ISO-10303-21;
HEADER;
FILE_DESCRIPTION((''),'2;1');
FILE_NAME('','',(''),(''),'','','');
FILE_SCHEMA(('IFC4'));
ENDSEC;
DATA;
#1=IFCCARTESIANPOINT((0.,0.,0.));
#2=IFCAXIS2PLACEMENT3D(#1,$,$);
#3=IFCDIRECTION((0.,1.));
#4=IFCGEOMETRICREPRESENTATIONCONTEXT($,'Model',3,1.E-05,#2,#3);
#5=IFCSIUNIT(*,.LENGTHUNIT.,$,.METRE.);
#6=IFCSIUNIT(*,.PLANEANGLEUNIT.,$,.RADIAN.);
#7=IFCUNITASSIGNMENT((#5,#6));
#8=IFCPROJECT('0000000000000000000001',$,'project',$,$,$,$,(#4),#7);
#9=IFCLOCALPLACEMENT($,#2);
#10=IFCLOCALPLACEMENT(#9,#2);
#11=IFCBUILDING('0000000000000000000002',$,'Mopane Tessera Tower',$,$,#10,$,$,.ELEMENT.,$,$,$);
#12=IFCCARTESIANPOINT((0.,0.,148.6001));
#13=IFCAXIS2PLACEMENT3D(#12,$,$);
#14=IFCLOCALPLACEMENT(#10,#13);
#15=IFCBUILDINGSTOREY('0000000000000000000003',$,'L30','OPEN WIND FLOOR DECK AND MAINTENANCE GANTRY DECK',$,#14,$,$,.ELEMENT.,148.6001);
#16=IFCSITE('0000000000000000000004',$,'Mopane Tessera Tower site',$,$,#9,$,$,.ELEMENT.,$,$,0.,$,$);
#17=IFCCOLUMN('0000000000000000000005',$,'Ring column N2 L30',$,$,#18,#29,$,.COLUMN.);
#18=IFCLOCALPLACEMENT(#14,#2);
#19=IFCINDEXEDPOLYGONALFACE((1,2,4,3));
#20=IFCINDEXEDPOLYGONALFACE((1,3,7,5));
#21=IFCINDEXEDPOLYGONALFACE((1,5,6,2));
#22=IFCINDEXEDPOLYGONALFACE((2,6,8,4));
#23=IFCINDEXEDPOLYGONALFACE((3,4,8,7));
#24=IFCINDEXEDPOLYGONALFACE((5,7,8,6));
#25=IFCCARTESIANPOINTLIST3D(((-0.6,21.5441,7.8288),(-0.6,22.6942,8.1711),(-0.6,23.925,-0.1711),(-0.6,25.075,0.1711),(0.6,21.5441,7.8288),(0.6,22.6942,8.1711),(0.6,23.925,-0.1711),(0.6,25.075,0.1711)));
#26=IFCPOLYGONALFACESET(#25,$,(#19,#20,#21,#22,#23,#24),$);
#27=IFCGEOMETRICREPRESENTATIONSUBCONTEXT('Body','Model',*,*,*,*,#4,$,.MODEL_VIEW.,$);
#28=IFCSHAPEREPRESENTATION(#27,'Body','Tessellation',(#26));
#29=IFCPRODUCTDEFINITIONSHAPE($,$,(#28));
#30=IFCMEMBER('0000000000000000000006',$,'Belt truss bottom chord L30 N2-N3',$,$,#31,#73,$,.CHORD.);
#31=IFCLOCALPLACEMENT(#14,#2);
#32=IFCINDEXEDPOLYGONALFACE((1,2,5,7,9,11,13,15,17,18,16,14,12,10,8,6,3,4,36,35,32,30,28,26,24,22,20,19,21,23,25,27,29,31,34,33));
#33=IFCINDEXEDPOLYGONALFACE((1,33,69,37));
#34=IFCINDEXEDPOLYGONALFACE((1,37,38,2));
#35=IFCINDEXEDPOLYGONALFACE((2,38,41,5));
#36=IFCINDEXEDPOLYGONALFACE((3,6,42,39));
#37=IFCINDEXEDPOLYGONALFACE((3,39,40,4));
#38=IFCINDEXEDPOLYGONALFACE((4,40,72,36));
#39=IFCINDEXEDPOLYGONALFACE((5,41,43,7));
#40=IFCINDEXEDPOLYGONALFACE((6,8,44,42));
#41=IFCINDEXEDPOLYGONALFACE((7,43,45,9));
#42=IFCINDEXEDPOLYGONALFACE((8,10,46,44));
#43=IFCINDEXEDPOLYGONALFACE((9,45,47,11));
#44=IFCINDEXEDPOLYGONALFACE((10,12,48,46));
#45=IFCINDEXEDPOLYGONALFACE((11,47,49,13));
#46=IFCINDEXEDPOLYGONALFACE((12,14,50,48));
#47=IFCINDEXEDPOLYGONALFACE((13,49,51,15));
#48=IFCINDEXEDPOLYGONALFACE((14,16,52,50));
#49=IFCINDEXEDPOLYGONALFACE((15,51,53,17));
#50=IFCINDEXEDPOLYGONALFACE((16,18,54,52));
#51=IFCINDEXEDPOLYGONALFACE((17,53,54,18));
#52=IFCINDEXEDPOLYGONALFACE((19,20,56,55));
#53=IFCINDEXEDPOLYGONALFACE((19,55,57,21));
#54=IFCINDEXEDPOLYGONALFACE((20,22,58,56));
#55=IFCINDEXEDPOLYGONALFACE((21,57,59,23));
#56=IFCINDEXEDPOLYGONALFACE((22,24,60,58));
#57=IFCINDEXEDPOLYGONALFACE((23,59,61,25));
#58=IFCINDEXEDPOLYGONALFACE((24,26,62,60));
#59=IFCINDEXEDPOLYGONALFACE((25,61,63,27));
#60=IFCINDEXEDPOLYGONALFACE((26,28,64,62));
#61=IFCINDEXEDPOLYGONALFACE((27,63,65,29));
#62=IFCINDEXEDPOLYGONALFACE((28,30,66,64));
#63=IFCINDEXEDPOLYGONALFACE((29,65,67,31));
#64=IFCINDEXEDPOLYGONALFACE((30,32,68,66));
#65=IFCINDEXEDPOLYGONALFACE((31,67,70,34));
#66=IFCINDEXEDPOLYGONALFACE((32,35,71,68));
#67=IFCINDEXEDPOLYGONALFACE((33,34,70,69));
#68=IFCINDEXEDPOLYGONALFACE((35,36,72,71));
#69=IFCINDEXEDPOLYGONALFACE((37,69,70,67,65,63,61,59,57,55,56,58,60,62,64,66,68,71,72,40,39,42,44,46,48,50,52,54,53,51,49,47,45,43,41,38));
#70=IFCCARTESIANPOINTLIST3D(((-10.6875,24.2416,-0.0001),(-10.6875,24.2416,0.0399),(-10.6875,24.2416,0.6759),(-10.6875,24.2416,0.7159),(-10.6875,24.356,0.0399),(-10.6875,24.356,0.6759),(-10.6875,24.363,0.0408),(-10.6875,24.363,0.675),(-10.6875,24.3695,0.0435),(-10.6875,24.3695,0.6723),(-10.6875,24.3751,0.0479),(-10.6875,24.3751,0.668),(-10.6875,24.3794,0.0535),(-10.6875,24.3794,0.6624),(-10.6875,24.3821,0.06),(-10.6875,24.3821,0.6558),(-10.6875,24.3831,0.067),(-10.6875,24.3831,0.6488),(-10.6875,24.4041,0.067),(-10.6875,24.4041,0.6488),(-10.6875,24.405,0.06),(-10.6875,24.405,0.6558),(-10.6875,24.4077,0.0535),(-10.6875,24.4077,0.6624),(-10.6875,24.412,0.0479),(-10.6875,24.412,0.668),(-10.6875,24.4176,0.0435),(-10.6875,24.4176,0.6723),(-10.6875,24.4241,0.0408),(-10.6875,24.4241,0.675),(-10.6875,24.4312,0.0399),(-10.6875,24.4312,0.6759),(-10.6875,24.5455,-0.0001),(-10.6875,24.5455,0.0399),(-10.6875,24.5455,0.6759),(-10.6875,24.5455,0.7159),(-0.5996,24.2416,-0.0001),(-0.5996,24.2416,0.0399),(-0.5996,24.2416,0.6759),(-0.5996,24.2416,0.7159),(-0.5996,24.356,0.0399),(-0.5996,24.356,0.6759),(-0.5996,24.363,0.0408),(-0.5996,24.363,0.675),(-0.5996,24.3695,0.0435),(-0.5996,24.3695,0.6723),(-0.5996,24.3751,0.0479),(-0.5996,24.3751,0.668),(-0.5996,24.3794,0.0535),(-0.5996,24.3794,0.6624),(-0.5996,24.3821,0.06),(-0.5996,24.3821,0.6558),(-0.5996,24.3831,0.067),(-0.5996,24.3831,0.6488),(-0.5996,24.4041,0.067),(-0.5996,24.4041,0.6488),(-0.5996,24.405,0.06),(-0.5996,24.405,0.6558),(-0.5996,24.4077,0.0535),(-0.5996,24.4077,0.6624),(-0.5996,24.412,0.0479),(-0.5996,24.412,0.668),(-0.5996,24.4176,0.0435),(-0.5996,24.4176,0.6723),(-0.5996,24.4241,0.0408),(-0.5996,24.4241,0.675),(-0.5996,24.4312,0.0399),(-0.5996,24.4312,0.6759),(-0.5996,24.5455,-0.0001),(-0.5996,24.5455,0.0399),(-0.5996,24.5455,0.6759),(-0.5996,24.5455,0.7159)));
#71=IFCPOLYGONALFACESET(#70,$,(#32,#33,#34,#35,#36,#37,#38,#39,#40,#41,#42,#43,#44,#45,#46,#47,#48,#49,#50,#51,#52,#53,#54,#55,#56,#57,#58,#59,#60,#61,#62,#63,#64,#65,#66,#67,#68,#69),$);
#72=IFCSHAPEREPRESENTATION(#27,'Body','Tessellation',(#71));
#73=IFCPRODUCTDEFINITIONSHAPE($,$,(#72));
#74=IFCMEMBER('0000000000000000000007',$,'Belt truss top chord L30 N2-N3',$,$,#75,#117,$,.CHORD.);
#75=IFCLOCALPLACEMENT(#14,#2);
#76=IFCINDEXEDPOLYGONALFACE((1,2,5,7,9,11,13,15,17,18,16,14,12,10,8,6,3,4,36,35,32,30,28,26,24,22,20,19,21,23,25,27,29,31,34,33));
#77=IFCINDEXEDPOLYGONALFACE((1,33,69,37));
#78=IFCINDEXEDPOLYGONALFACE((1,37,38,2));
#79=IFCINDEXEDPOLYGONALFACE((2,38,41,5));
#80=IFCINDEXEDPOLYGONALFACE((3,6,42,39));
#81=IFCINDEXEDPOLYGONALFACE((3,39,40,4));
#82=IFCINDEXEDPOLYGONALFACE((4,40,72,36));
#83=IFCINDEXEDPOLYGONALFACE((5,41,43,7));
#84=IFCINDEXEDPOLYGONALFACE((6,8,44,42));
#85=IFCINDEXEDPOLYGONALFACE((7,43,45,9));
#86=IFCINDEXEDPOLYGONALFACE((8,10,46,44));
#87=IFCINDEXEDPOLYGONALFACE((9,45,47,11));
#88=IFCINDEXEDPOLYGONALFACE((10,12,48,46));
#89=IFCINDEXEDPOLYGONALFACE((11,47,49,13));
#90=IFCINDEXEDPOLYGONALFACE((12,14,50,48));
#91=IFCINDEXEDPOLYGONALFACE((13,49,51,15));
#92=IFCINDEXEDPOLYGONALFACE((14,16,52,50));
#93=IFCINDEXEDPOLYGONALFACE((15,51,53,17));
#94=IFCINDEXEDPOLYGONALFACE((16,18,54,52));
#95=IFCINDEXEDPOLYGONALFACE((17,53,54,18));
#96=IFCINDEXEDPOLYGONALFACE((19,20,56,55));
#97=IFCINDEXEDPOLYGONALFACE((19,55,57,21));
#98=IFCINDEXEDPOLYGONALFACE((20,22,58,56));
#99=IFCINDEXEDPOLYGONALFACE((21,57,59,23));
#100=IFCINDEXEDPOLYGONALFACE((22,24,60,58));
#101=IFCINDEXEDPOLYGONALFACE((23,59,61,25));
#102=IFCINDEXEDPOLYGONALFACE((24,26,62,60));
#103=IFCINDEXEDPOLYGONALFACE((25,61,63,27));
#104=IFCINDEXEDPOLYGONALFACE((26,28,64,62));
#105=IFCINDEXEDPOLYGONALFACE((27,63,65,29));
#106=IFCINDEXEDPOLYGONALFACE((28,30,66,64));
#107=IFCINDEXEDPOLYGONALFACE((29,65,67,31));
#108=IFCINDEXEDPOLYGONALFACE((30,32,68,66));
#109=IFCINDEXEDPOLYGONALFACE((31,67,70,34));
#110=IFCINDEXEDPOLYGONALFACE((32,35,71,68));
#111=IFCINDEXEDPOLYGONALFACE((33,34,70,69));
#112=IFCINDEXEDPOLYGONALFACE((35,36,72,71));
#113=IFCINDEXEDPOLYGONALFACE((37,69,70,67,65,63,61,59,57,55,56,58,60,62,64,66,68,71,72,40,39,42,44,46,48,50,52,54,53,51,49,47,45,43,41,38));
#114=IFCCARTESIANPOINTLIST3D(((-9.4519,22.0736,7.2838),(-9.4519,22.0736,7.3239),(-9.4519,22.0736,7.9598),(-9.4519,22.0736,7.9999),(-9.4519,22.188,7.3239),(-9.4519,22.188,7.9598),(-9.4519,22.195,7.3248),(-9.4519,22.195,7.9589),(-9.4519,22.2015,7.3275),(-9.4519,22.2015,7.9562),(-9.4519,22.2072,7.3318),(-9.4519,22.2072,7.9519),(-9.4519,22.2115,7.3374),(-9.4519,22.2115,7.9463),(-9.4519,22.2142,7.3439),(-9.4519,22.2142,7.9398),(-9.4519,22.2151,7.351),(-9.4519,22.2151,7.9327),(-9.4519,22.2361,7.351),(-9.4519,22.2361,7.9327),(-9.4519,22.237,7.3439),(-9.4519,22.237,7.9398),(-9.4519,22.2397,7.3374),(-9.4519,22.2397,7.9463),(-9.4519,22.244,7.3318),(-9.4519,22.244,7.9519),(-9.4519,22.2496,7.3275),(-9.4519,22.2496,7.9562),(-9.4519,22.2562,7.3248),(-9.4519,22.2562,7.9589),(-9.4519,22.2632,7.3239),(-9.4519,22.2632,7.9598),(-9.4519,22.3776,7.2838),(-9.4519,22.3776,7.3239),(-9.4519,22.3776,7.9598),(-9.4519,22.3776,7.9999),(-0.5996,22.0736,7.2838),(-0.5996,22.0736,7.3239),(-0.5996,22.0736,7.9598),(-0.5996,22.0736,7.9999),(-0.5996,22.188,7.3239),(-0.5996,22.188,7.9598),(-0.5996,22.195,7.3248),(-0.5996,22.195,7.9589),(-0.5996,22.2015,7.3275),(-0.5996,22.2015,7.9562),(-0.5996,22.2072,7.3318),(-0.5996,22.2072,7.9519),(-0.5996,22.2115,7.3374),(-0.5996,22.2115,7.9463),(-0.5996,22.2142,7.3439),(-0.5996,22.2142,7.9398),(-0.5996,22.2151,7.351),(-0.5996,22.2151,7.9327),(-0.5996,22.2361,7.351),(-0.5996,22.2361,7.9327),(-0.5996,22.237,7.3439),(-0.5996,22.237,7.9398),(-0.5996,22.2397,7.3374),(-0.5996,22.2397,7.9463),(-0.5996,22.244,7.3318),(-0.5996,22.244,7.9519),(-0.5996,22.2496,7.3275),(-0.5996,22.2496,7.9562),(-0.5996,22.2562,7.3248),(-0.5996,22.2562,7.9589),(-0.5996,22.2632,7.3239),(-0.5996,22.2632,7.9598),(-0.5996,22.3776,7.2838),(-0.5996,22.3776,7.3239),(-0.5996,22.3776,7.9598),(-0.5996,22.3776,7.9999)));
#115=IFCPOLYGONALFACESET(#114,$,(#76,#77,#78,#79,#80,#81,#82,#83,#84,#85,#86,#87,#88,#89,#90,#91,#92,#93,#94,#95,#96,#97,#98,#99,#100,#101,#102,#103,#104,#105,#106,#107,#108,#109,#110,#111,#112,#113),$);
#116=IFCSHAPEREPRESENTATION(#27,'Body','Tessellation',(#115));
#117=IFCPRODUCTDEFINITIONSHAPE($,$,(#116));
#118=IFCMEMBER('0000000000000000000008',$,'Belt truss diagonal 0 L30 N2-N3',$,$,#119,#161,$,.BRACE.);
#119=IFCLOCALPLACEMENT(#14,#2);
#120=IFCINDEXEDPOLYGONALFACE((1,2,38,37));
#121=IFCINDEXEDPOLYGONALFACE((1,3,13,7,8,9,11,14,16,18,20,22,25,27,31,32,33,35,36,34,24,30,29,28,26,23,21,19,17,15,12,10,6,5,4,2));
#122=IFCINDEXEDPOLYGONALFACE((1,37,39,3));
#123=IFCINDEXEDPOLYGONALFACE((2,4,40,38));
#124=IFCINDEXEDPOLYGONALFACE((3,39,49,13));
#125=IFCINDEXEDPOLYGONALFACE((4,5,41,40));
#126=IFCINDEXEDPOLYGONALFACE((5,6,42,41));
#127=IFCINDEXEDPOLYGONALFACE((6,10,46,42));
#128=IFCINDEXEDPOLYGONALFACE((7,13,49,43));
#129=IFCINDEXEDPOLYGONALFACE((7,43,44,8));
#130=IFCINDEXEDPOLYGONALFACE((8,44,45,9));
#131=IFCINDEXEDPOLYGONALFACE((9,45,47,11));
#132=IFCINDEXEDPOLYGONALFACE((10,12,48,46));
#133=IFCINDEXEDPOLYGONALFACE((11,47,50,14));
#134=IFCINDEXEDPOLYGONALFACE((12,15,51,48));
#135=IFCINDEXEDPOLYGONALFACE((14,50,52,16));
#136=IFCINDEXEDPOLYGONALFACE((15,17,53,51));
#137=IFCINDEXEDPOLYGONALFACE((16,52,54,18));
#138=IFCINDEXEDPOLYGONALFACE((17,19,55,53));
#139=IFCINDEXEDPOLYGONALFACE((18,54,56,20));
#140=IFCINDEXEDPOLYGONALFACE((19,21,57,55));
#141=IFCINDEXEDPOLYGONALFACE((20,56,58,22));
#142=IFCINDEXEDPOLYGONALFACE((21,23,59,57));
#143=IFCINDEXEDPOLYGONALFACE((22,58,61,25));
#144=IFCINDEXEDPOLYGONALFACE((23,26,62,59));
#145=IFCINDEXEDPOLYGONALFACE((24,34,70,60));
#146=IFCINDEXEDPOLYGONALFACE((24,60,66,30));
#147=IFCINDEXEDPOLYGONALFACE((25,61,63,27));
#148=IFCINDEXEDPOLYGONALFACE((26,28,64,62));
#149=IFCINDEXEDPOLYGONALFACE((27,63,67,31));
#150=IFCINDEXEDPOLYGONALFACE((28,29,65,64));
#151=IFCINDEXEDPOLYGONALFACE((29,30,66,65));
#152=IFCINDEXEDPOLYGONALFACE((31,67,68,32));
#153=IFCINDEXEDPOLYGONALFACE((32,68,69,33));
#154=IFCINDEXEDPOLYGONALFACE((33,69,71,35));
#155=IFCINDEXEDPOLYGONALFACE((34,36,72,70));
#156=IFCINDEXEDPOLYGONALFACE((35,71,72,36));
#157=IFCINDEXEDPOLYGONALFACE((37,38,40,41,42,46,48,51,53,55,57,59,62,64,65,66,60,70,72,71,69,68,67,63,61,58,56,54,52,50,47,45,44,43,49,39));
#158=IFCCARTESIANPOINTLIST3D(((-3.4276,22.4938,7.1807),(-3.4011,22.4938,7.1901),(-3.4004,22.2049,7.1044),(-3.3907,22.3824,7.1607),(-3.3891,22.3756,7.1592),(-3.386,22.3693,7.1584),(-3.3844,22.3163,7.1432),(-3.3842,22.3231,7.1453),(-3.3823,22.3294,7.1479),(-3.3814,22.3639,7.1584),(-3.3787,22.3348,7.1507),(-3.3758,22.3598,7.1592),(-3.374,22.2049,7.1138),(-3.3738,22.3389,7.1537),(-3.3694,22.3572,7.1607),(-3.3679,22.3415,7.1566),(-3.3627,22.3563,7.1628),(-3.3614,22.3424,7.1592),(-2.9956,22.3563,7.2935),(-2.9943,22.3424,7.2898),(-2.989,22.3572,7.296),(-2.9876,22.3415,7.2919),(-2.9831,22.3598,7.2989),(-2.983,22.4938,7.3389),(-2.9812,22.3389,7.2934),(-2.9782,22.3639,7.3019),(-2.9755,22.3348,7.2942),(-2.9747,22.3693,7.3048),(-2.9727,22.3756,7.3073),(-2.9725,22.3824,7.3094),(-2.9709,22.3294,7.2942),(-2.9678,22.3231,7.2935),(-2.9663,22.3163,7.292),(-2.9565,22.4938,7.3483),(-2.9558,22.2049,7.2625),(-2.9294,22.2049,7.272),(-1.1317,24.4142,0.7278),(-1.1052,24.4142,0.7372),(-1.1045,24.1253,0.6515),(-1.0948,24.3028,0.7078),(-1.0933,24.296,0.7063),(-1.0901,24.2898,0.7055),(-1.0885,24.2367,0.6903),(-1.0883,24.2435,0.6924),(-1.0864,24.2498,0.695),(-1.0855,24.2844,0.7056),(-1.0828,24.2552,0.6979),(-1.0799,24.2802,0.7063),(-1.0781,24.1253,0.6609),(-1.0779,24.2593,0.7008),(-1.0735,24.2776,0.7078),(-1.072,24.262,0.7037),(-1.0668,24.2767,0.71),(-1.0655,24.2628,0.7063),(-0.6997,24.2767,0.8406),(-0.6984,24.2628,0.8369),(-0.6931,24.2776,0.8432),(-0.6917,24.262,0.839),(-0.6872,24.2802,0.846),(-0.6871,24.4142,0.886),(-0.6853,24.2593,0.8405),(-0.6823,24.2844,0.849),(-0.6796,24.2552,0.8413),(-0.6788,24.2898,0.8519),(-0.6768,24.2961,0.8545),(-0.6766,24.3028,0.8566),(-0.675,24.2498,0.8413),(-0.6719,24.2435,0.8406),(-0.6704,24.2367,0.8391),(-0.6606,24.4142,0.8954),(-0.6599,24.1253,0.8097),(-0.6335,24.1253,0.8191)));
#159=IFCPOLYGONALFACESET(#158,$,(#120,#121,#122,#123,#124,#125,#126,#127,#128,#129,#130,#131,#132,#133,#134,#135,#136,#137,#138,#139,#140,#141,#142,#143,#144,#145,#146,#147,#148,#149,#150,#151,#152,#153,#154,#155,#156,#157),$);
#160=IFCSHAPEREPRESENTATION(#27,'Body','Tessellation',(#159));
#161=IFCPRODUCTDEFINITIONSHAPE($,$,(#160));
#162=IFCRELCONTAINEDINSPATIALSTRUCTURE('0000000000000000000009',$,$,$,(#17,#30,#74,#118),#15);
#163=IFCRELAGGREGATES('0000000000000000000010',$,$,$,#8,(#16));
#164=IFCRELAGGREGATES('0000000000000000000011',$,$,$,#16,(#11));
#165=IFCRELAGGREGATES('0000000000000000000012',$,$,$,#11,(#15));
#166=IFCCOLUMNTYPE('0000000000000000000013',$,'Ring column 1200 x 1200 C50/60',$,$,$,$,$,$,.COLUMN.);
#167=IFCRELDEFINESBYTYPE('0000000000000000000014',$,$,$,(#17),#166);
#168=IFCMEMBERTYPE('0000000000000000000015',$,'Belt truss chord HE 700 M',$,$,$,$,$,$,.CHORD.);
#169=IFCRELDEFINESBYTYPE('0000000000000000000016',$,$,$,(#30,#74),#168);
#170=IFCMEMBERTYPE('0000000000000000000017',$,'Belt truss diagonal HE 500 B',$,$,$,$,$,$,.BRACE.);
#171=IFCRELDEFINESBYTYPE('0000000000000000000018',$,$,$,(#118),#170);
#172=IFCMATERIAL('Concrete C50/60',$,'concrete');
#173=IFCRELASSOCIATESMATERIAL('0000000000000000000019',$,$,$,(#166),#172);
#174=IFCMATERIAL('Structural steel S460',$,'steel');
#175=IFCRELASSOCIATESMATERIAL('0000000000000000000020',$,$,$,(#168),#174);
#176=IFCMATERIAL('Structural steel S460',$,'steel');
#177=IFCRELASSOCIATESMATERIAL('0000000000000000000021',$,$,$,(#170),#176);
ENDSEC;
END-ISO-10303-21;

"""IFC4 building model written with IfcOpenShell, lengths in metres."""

from ifc_helpers import new_model, si_unit, direction, frame, origin, origin_2d, place, context, subcontext, project, spatial, rectangle, i_section, extrude, material, material_profile, profile_set, type_object, element, save


model = new_model("IFC4")

# Units and contexts
model_context = context("Model", 3, precision=1e-05, world=origin(), true_north=direction((0.0, 1.0)))
body_context = subcontext(model_context, "Body", "Model", "MODEL_VIEW")
ifc_project = project(units=[si_unit("LENGTHUNIT", "METRE"), si_unit("PLANEANGLEUNIT", "RADIAN")], contexts=[model_context])

# Site, building, storey
site_placement = place(None, origin())
site = spatial("IfcSite", under=ifc_project, at=site_placement, Name="Mopane Tessera Tower site", CompositionType="ELEMENT", RefElevation=0.0)
building_placement = place(site_placement, origin())
building = spatial("IfcBuilding", under=site, at=building_placement, Name="Mopane Tessera Tower", CompositionType="ELEMENT")
storey_placement = place(building_placement, frame((0.0, 0.0, 148.6001)))
storey = spatial("IfcBuildingStorey", under=building, at=storey_placement, Name="L30", Description="OPEN WIND FLOOR DECK AND MAINTENANCE GANTRY DECK", CompositionType="ELEMENT", Elevation=148.6001)

# Column
ifc_material_1 = material(Name="Concrete C50/60", Category="concrete")
ifc_material_profile_1 = material_profile(ifc_material_1, rectangle(XDim=1.2, YDim=1.2, at=origin_2d()))
ifc_profile_set_1 = profile_set([ifc_material_profile_1], Name="Concrete C50/60")
column_type = type_object("IfcColumnType", Name="Ring column 1200 x 1200 C50/60", PredefinedType="COLUMN", material=ifc_profile_set_1)
column_placement = place(storey_placement, frame((0.0, 24.5, 0.0), z_axis=(0.0, -0.285243, 0.958455), x_axis=(1.0, 0.0, 0.0)))
element("IfcColumn", 1, at=column_placement, inside=storey, type_object=column_type, Name="Ring column N2 L30", PredefinedType="COLUMN", context=body_context, shape_type="SweptSolid", body=[
    extrude(rectangle(XDim=1.2, YDim=1.2, at=origin_2d()), origin(), (0.0, 0.0, 1.0), 8.3467),
])

# Members
ifc_material_2 = material(Name="Structural steel S460", Category="steel")
ifc_material_profile_2 = material_profile(ifc_material_2, i_section(OverallWidth=0.304, OverallDepth=0.7161, WebThickness=0.021, FlangeThickness=0.04, FilletRadius=0.0271, at=origin_2d()))
ifc_profile_set_2 = profile_set([ifc_material_profile_2], Name="Structural steel S460")
member_type_1 = type_object("IfcMemberType", Name="Belt truss chord HE 700 M", PredefinedType="CHORD", material=ifc_profile_set_2)
member_1_placement = place(storey_placement, frame((-0.5996, 24.3936, 0.3579), z_axis=(-1.0, 0.0, 0.0), x_axis=(0.0, -1.0, 0.0)))
element("IfcMember", 2, at=member_1_placement, inside=storey, type_object=member_type_1, Name="Belt truss bottom chord L30 N2-N3", PredefinedType="CHORD", context=body_context, shape_type="SweptSolid", body=[
    extrude(i_section(OverallWidth=0.304, OverallDepth=0.7161, WebThickness=0.021, FlangeThickness=0.04, FilletRadius=0.0271, at=origin_2d()), origin(), (0.0, 0.0, 1.0), 10.0879),
])
member_2_placement = place(storey_placement, frame((-0.5996, 22.2256, 7.6418), z_axis=(-1.0, 0.0, 0.0), x_axis=(0.0, -1.0, 0.0)))
element("IfcMember", 3, at=member_2_placement, inside=storey, type_object=member_type_1, Name="Belt truss top chord L30 N2-N3", PredefinedType="CHORD", context=body_context, shape_type="SweptSolid", body=[
    extrude(i_section(OverallWidth=0.304, OverallDepth=0.7161, WebThickness=0.021, FlangeThickness=0.04, FilletRadius=0.0271, at=origin_2d()), origin(), (0.0, 0.0, 1.0), 8.8523),
])
ifc_material_3 = material(Name="Structural steel S460", Category="steel")
ifc_material_profile_3 = material_profile(ifc_material_3, i_section(OverallWidth=0.3, OverallDepth=0.5, WebThickness=0.0144, FlangeThickness=0.0281, FilletRadius=0.0271, at=origin_2d()))
ifc_profile_set_3 = profile_set([ifc_material_profile_3], Name="Structural steel S460")
member_type_2 = type_object("IfcMemberType", Name="Belt truss diagonal HE 500 B", PredefinedType="BRACE", material=ifc_profile_set_3)
member_3_placement = place(storey_placement, frame((-0.8826, 24.2698, 0.7734), z_axis=(-0.322762, -0.269975, 0.907159), x_axis=(0.090501, -0.962867, -0.254354)))
element("IfcMember", 4, at=member_3_placement, inside=storey, type_object=member_type_2, Name="Belt truss diagonal 0 L30 N2-N3", PredefinedType="BRACE", context=body_context, shape_type="SweptSolid", body=[
    extrude(i_section(OverallWidth=0.3, OverallDepth=0.5, WebThickness=0.0144, FlangeThickness=0.0281, FilletRadius=0.0271, at=origin_2d()), origin(), (0.0, 0.0, 1.0), 7.1133),
])

save(model, "model.ifc")
